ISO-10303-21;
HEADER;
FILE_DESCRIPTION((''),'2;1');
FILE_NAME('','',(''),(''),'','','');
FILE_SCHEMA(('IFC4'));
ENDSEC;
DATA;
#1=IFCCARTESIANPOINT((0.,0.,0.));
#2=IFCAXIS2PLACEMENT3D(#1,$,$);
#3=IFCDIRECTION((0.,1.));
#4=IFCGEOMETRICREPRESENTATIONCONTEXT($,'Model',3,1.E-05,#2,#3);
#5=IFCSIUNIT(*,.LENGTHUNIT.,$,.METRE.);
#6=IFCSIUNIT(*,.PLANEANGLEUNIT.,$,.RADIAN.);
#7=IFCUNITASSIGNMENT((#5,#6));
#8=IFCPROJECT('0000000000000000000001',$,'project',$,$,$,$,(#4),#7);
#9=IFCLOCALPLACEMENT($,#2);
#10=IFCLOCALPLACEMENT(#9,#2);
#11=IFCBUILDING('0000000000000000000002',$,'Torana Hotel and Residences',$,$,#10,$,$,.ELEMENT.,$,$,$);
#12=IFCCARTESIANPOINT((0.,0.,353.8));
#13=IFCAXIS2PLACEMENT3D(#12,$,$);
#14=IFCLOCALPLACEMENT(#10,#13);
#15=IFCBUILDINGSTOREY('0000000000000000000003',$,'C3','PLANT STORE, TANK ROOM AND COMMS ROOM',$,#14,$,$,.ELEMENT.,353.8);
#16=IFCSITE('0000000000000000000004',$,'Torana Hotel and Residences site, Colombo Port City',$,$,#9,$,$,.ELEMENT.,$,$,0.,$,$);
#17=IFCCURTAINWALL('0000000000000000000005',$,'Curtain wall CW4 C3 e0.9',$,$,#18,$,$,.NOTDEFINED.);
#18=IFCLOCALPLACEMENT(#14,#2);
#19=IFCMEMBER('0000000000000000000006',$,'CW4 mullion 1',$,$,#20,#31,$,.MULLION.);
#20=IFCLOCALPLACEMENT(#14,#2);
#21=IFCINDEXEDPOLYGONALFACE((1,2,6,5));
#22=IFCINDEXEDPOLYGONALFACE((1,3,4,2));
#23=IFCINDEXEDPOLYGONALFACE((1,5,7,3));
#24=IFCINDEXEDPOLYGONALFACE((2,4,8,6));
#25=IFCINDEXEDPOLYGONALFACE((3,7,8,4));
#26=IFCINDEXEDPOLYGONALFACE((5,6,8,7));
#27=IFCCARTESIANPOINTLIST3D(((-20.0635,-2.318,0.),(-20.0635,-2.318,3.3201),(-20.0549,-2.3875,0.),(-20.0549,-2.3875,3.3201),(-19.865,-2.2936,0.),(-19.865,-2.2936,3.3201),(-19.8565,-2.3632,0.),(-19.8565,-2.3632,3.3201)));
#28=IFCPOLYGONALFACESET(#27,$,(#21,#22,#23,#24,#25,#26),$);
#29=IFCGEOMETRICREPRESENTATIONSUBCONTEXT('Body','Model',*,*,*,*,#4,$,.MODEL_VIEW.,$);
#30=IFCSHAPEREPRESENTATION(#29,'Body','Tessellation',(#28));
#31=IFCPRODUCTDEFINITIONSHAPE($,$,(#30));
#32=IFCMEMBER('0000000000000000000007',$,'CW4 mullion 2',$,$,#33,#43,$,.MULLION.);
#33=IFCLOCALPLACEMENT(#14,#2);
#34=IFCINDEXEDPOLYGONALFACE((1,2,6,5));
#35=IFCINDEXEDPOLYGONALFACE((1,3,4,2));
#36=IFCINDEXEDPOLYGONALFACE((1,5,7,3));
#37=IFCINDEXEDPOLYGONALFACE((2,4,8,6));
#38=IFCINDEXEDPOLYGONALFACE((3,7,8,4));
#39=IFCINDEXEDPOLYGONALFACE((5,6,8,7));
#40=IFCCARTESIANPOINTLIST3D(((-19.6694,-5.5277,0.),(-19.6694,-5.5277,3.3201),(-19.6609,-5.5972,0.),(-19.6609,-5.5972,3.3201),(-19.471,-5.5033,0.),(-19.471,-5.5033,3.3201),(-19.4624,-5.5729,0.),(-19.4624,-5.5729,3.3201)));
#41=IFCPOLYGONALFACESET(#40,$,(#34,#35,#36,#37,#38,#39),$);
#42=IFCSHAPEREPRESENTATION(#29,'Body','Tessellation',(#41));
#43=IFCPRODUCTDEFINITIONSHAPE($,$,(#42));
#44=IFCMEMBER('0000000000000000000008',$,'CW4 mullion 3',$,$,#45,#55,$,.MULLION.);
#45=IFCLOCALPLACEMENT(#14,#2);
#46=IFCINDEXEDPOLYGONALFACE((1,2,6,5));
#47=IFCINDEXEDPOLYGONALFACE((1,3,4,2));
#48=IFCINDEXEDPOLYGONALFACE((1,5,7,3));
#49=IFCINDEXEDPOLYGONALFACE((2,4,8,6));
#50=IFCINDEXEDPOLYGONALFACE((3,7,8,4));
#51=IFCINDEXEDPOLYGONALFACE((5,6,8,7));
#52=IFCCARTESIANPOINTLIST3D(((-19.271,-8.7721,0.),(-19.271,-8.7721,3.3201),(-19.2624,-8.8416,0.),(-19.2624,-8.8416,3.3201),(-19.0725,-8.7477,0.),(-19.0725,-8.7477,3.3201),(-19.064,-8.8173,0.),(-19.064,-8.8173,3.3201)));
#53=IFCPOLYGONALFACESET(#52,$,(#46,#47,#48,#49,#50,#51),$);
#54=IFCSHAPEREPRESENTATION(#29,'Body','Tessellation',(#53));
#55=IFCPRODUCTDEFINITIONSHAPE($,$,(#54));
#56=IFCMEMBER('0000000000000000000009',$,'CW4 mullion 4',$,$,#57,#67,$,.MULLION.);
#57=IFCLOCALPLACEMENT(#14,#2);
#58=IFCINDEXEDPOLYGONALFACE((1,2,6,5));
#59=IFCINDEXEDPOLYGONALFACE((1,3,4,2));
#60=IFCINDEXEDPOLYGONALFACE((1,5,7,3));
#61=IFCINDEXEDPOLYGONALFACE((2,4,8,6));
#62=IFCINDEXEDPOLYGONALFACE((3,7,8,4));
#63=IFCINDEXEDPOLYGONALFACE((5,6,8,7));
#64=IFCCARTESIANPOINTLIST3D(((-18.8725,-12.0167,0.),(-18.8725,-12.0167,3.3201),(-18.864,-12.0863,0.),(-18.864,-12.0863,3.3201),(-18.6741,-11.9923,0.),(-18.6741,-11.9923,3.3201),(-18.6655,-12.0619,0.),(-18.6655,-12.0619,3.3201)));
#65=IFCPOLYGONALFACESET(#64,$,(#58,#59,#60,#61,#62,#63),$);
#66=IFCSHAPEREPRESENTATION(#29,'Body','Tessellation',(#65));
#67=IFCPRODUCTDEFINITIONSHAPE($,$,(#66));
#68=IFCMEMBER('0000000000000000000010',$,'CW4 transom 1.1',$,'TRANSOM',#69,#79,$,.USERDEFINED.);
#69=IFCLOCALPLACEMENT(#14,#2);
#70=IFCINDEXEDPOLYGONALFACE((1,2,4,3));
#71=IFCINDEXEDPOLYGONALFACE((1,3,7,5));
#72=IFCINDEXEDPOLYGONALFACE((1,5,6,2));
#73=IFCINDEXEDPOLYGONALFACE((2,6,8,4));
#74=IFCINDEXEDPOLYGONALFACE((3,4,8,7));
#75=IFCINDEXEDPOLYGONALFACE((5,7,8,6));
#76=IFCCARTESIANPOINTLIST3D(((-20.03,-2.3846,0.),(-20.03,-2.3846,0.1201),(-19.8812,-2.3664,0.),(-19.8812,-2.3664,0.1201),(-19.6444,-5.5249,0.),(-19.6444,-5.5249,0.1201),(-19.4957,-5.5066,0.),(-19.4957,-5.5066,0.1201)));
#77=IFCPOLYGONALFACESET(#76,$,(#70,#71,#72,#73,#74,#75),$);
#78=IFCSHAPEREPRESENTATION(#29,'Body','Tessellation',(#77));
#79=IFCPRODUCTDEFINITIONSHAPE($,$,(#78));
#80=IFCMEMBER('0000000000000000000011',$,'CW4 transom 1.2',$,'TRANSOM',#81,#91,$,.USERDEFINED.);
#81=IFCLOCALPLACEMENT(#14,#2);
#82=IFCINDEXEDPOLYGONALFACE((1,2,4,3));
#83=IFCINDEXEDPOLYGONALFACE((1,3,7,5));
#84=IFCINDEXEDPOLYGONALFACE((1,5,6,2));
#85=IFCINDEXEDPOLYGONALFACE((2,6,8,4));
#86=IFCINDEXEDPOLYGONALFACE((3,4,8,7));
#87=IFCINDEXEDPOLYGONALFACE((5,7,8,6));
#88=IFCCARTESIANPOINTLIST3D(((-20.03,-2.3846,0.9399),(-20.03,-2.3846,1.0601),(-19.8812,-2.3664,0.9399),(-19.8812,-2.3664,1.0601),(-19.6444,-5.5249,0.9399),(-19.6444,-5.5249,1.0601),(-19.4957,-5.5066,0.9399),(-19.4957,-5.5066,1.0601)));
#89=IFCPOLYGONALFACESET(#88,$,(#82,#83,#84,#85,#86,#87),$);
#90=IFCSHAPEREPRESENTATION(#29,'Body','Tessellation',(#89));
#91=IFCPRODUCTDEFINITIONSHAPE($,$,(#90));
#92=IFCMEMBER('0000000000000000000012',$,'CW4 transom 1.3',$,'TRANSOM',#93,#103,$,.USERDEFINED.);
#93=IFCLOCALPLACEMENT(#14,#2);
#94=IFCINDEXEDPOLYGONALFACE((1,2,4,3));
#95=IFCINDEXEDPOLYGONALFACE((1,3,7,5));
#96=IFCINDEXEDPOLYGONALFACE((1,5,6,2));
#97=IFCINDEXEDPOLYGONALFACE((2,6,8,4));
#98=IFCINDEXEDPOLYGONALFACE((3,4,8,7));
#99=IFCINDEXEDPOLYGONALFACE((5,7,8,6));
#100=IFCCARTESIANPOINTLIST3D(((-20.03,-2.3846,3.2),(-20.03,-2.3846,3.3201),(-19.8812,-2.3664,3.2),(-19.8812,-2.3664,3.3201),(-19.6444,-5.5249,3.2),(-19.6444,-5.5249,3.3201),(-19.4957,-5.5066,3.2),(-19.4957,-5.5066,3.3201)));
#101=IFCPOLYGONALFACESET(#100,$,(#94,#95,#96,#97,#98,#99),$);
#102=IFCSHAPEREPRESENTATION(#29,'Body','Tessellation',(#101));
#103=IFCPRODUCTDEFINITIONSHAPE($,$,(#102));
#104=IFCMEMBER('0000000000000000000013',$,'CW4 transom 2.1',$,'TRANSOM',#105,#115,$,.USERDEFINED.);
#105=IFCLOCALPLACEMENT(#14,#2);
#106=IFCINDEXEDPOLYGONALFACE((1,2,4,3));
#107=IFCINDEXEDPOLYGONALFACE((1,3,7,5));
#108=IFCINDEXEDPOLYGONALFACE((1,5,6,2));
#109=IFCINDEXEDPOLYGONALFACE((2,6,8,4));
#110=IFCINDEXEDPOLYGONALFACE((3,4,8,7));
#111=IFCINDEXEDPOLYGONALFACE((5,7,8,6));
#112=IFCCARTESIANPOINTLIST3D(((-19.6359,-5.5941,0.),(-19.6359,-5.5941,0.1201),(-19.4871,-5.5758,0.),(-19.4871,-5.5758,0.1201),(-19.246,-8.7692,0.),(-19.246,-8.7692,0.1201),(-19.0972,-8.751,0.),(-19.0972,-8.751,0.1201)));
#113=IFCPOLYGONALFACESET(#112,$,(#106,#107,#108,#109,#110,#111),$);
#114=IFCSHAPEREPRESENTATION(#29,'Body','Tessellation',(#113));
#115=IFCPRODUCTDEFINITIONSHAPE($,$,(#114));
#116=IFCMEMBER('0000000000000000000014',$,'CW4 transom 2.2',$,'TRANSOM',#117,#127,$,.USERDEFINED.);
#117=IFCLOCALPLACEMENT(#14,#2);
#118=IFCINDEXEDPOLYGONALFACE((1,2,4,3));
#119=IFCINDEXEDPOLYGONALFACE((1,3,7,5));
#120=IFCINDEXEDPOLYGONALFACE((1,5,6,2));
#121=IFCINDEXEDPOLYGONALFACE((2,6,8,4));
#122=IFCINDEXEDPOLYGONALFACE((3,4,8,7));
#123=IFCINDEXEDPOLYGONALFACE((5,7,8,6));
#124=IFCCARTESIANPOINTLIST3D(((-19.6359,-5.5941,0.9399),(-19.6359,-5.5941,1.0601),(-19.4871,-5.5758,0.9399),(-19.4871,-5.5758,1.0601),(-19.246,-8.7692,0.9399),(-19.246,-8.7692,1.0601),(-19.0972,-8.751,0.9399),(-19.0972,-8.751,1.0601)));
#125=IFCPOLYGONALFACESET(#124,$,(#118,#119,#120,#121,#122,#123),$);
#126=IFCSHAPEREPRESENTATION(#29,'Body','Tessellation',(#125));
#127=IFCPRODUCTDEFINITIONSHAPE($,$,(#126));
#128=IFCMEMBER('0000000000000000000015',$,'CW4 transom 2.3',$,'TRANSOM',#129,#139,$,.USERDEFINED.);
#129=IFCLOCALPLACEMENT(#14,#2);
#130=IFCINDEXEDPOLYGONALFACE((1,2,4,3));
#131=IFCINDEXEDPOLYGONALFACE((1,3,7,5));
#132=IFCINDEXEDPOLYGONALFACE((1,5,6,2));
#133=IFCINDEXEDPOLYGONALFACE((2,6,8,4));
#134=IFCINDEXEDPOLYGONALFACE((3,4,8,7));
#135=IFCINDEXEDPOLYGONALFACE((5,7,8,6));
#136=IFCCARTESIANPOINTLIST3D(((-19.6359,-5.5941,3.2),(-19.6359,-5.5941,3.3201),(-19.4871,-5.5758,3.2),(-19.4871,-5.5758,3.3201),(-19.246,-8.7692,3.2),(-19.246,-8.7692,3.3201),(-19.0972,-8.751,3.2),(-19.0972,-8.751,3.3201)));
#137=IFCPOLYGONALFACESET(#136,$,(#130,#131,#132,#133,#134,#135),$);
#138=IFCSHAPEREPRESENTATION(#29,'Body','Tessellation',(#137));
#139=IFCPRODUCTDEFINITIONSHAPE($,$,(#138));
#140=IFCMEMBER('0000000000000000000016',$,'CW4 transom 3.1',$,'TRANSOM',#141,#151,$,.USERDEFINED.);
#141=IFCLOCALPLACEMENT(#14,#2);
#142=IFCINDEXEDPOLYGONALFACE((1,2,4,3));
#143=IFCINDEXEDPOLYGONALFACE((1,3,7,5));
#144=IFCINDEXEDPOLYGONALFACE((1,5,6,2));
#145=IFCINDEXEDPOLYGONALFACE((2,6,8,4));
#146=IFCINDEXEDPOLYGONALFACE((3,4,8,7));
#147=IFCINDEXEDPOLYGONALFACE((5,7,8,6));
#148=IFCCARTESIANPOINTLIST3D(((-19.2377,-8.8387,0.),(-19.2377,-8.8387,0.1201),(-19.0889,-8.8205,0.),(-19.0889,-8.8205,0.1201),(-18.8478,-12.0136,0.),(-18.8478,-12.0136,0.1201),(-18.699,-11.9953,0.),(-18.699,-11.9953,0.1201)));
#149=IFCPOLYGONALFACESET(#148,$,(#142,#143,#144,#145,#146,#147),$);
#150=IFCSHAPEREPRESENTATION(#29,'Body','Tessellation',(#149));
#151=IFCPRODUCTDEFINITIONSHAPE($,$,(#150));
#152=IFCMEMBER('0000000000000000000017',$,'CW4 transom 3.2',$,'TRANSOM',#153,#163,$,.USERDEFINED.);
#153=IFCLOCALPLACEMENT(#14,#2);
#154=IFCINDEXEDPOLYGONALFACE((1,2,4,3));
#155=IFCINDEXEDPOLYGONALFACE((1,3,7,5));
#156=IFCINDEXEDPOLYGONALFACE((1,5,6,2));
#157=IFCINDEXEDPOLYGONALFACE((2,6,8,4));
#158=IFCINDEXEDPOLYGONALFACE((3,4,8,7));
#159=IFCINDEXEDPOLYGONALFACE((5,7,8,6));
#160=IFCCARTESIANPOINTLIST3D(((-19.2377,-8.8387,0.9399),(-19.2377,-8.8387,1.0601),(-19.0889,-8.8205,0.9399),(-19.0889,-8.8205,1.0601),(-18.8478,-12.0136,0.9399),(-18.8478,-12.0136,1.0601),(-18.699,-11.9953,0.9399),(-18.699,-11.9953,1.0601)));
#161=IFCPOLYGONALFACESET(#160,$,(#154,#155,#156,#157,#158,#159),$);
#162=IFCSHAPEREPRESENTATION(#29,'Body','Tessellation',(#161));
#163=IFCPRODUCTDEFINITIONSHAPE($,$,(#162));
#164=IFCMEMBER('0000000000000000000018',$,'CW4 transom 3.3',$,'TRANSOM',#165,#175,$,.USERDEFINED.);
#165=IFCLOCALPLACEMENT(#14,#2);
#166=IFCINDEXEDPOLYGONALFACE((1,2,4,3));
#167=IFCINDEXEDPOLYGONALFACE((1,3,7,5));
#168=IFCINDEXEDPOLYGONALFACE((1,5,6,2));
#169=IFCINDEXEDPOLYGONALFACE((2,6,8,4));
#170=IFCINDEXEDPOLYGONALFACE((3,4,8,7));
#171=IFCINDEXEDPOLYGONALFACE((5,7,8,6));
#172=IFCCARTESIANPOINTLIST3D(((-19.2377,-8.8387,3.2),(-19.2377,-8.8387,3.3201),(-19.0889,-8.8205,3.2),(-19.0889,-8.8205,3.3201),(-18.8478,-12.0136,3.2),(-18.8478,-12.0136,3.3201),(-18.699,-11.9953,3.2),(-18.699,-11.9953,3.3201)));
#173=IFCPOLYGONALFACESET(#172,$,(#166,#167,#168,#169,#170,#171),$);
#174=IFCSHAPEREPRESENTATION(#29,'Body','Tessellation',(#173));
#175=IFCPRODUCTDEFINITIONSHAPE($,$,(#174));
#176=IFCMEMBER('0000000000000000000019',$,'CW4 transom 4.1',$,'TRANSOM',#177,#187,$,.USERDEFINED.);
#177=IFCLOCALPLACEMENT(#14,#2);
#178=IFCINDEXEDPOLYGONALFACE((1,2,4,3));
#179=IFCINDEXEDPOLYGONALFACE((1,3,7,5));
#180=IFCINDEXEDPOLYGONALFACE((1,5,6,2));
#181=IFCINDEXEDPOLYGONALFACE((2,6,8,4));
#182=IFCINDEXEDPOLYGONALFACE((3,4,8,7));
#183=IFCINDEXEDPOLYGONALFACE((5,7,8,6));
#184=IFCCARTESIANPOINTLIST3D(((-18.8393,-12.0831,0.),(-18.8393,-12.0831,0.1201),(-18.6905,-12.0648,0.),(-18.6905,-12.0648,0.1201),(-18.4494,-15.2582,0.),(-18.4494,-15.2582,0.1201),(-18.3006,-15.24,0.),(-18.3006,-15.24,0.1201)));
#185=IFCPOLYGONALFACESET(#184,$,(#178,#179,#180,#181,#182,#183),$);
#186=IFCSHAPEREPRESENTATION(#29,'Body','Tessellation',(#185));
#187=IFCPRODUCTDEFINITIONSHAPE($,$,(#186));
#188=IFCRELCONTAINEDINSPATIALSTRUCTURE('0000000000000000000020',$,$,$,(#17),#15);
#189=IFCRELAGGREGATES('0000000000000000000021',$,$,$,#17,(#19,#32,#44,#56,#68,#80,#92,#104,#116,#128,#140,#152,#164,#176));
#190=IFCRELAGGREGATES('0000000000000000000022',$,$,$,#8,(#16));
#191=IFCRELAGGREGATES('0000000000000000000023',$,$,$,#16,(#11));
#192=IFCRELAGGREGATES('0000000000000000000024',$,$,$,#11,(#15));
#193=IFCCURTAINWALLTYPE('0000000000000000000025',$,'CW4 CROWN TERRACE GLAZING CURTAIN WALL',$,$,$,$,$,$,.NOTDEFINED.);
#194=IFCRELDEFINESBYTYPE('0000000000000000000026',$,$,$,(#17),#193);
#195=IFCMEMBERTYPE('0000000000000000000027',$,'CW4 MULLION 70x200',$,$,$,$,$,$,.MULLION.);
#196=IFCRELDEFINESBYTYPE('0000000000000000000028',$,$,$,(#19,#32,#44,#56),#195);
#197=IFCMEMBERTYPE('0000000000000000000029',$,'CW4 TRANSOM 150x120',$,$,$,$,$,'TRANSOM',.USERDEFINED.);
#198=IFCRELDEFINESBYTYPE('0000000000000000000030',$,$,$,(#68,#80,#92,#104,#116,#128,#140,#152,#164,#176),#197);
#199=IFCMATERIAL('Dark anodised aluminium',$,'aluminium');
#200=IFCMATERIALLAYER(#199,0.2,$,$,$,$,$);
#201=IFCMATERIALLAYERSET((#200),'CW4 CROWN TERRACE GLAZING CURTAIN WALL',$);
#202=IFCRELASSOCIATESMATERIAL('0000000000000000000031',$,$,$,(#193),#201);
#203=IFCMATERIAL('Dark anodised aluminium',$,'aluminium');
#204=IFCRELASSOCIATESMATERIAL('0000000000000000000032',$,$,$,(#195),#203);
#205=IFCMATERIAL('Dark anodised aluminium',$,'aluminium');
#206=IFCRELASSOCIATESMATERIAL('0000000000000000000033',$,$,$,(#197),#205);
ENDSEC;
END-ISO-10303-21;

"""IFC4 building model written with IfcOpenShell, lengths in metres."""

from ifc_helpers import new_model, si_unit, direction, frame, origin, origin_2d, place, context, subcontext, project, spatial, rectangle, extrude, material, layer, layer_set, material_profile, profile_set, type_object, element, aggregate, save


model = new_model("IFC4")

# Units and contexts
model_context = context("Model", 3, precision=1e-05, world=origin(), true_north=direction((0.0, 1.0)))
body_context = subcontext(model_context, "Body", "Model", "MODEL_VIEW")
ifc_project = project(units=[si_unit("LENGTHUNIT", "METRE"), si_unit("PLANEANGLEUNIT", "RADIAN")], contexts=[model_context])

# Site, building, storey
site_placement = place(None, origin())
site = spatial("IfcSite", under=ifc_project, at=site_placement, Name="Torana Hotel and Residences site, Colombo Port City", CompositionType="ELEMENT", RefElevation=0.0)
building_placement = place(site_placement, origin())
building = spatial("IfcBuilding", under=site, at=building_placement, Name="Torana Hotel and Residences", CompositionType="ELEMENT")
storey_placement = place(building_placement, frame((0.0, 0.0, 353.8)))
storey = spatial("IfcBuildingStorey", under=building, at=storey_placement, Name="C3", Description="PLANT STORE, TANK ROOM AND COMMS ROOM", CompositionType="ELEMENT", Elevation=353.8)

# Curtain wall, members
ifc_material_1 = material(Name="Dark anodised aluminium", Category="aluminium")
ifc_layer_1 = layer(ifc_material_1, 0.2)
ifc_layer_set_1 = layer_set([ifc_layer_1], Name="CW4 CROWN TERRACE GLAZING CURTAIN WALL")
curtain_wall_type = type_object("IfcCurtainWallType", Name="CW4 CROWN TERRACE GLAZING CURTAIN WALL", PredefinedType="NOTDEFINED", material=ifc_layer_set_1)
curtain_wall_placement = place(storey_placement, origin())
curtain_wall = element("IfcCurtainWall", 1, at=curtain_wall_placement, inside=storey, type_object=curtain_wall_type, Name="Curtain wall CW4 C3 e0.9", PredefinedType="NOTDEFINED")
ifc_material_2 = material(Name="Dark anodised aluminium", Category="aluminium")
ifc_material_profile_1 = material_profile(ifc_material_2, rectangle(XDim=0.2, YDim=0.0701, at=origin_2d()), Name="CW4 MULLION 70x200")
ifc_profile_set_1 = profile_set([ifc_material_profile_1], Name="Dark anodised aluminium")
member_type_1 = type_object("IfcMemberType", Name="CW4 MULLION 70x200", PredefinedType="MULLION", material=ifc_profile_set_1)
member_1_placement = place(storey_placement, frame((-19.96, -2.3406, 0.0), z_axis=(0.0, 0.0, 1.0), x_axis=(0.992546, 0.121867, 0.0)))
member_1 = element("IfcMember", 2, at=member_1_placement, type_object=member_type_1, Name="CW4 mullion 1", PredefinedType="MULLION", context=body_context, shape_type="SweptSolid", body=[
    extrude(rectangle(XDim=0.2, YDim=0.0701, at=origin_2d()), origin(), (0.0, 0.0, 1.0), 3.3201),
])
member_2_placement = place(storey_placement, frame((-19.5659, -5.5503, 0.0), z_axis=(0.0, 0.0, 1.0), x_axis=(0.992546, 0.121867, 0.0)))
member_2 = element("IfcMember", 3, at=member_2_placement, type_object=member_type_1, Name="CW4 mullion 2", PredefinedType="MULLION", context=body_context, shape_type="SweptSolid", body=[
    extrude(rectangle(XDim=0.2, YDim=0.0701, at=origin_2d()), origin(), (0.0, 0.0, 1.0), 3.3201),
])
member_3_placement = place(storey_placement, frame((-19.1675, -8.7947, 0.0), z_axis=(0.0, 0.0, 1.0), x_axis=(0.992546, 0.121867, 0.0)))
member_3 = element("IfcMember", 4, at=member_3_placement, type_object=member_type_1, Name="CW4 mullion 3", PredefinedType="MULLION", context=body_context, shape_type="SweptSolid", body=[
    extrude(rectangle(XDim=0.2, YDim=0.0701, at=origin_2d()), origin(), (0.0, 0.0, 1.0), 3.3201),
])
member_4_placement = place(storey_placement, frame((-18.769, -12.0393, 0.0), z_axis=(0.0, 0.0, 1.0), x_axis=(0.992546, 0.121867, 0.0)))
member_4 = element("IfcMember", 5, at=member_4_placement, type_object=member_type_1, Name="CW4 mullion 4", PredefinedType="MULLION", context=body_context, shape_type="SweptSolid", body=[
    extrude(rectangle(XDim=0.2, YDim=0.0701, at=origin_2d()), origin(), (0.0, 0.0, 1.0), 3.3201),
])
ifc_material_3 = material(Name="Dark anodised aluminium", Category="aluminium")
ifc_material_profile_2 = material_profile(ifc_material_3, rectangle(XDim=0.1499, YDim=0.1201, at=origin_2d()), Name="CW4 TRANSOM 150x120")
ifc_profile_set_2 = profile_set([ifc_material_profile_2], Name="Dark anodised aluminium")
member_type_2 = type_object("IfcMemberType", Name="CW4 TRANSOM 150x120", ElementType="TRANSOM", PredefinedType="USERDEFINED", material=ifc_profile_set_2)
member_5_placement = place(storey_placement, frame((-19.9556, -2.3755, 0.0601), z_axis=(0.12185, -0.992549, 0.0), x_axis=(0.992549, 0.12185, 0.0)))
member_5 = element("IfcMember", 6, at=member_5_placement, type_object=member_type_2, Name="CW4 transom 1.1", ObjectType="TRANSOM", PredefinedType="USERDEFINED", context=body_context, shape_type="SweptSolid", body=[
    extrude(rectangle(XDim=0.1499, YDim=0.1201, at=origin_2d()), origin(), (0.0, 0.0, 1.0), 3.1638),
])
member_6_placement = place(storey_placement, frame((-19.9556, -2.3755, 1.0), z_axis=(0.12185, -0.992549, 0.0), x_axis=(0.992549, 0.12185, 0.0)))
member_6 = element("IfcMember", 7, at=member_6_placement, type_object=member_type_2, Name="CW4 transom 1.2", ObjectType="TRANSOM", PredefinedType="USERDEFINED", context=body_context, shape_type="SweptSolid", body=[
    extrude(rectangle(XDim=0.1499, YDim=0.1201, at=origin_2d()), origin(), (0.0, 0.0, 1.0), 3.1638),
])
member_7_placement = place(storey_placement, frame((-19.9556, -2.3755, 3.26), z_axis=(0.12185, -0.992549, 0.0), x_axis=(0.992549, 0.12185, 0.0)))
member_7 = element("IfcMember", 8, at=member_7_placement, type_object=member_type_2, Name="CW4 transom 1.3", ObjectType="TRANSOM", PredefinedType="USERDEFINED", context=body_context, shape_type="SweptSolid", body=[
    extrude(rectangle(XDim=0.1499, YDim=0.1201, at=origin_2d()), origin(), (0.0, 0.0, 1.0), 3.1638),
])
member_8_placement = place(storey_placement, frame((-19.5615, -5.585, 0.0601), z_axis=(0.121883, -0.992544, 0.0), x_axis=(0.992544, 0.121883, 0.0)))
member_8 = element("IfcMember", 9, at=member_8_placement, type_object=member_type_2, Name="CW4 transom 2.1", ObjectType="TRANSOM", PredefinedType="USERDEFINED", context=body_context, shape_type="SweptSolid", body=[
    extrude(rectangle(XDim=0.1499, YDim=0.1201, at=origin_2d()), origin(), (0.0, 0.0, 1.0), 3.199),
])
member_9_placement = place(storey_placement, frame((-19.5615, -5.585, 1.0), z_axis=(0.121883, -0.992544, 0.0), x_axis=(0.992544, 0.121883, 0.0)))
member_9 = element("IfcMember", 10, at=member_9_placement, type_object=member_type_2, Name="CW4 transom 2.2", ObjectType="TRANSOM", PredefinedType="USERDEFINED", context=body_context, shape_type="SweptSolid", body=[
    extrude(rectangle(XDim=0.1499, YDim=0.1201, at=origin_2d()), origin(), (0.0, 0.0, 1.0), 3.199),
])
member_10_placement = place(storey_placement, frame((-19.5615, -5.585, 3.26), z_axis=(0.121883, -0.992544, 0.0), x_axis=(0.992544, 0.121883, 0.0)))
member_10 = element("IfcMember", 11, at=member_10_placement, type_object=member_type_2, Name="CW4 transom 2.3", ObjectType="TRANSOM", PredefinedType="USERDEFINED", context=body_context, shape_type="SweptSolid", body=[
    extrude(rectangle(XDim=0.1499, YDim=0.1201, at=origin_2d()), origin(), (0.0, 0.0, 1.0), 3.199),
])
member_11_placement = place(storey_placement, frame((-19.1633, -8.8296, 0.0601), z_axis=(0.121893, -0.992543, 0.0), x_axis=(0.992543, 0.121893, 0.0)))
member_11 = element("IfcMember", 12, at=member_11_placement, type_object=member_type_2, Name="CW4 transom 3.1", ObjectType="TRANSOM", PredefinedType="USERDEFINED", context=body_context, shape_type="SweptSolid", body=[
    extrude(rectangle(XDim=0.1499, YDim=0.1201, at=origin_2d()), origin(), (0.0, 0.0, 1.0), 3.1987),
])
member_12_placement = place(storey_placement, frame((-19.1633, -8.8296, 1.0), z_axis=(0.121893, -0.992543, 0.0), x_axis=(0.992543, 0.121893, 0.0)))
member_12 = element("IfcMember", 13, at=member_12_placement, type_object=member_type_2, Name="CW4 transom 3.2", ObjectType="TRANSOM", PredefinedType="USERDEFINED", context=body_context, shape_type="SweptSolid", body=[
    extrude(rectangle(XDim=0.1499, YDim=0.1201, at=origin_2d()), origin(), (0.0, 0.0, 1.0), 3.1987),
])
member_13_placement = place(storey_placement, frame((-19.1633, -8.8296, 3.26), z_axis=(0.121893, -0.992543, 0.0), x_axis=(0.992543, 0.121893, 0.0)))
member_13 = element("IfcMember", 14, at=member_13_placement, type_object=member_type_2, Name="CW4 transom 3.3", ObjectType="TRANSOM", PredefinedType="USERDEFINED", context=body_context, shape_type="SweptSolid", body=[
    extrude(rectangle(XDim=0.1499, YDim=0.1201, at=origin_2d()), origin(), (0.0, 0.0, 1.0), 3.1987),
])
member_14_placement = place(storey_placement, frame((-18.7649, -12.074, 0.0601), z_axis=(0.121883, -0.992544, 0.0), x_axis=(0.992544, 0.121883, 0.0)))
member_14 = element("IfcMember", 15, at=member_14_placement, type_object=member_type_2, Name="CW4 transom 4.1", ObjectType="TRANSOM", PredefinedType="USERDEFINED", context=body_context, shape_type="SweptSolid", body=[
    extrude(rectangle(XDim=0.1499, YDim=0.1201, at=origin_2d()), origin(), (0.0, 0.0, 1.0), 3.199),
])
aggregate(curtain_wall, [member_1, member_2, member_3, member_4, member_5, member_6, member_7, member_8, member_9, member_10, member_11, member_12, member_13, member_14])

save(model, "model.ifc")
